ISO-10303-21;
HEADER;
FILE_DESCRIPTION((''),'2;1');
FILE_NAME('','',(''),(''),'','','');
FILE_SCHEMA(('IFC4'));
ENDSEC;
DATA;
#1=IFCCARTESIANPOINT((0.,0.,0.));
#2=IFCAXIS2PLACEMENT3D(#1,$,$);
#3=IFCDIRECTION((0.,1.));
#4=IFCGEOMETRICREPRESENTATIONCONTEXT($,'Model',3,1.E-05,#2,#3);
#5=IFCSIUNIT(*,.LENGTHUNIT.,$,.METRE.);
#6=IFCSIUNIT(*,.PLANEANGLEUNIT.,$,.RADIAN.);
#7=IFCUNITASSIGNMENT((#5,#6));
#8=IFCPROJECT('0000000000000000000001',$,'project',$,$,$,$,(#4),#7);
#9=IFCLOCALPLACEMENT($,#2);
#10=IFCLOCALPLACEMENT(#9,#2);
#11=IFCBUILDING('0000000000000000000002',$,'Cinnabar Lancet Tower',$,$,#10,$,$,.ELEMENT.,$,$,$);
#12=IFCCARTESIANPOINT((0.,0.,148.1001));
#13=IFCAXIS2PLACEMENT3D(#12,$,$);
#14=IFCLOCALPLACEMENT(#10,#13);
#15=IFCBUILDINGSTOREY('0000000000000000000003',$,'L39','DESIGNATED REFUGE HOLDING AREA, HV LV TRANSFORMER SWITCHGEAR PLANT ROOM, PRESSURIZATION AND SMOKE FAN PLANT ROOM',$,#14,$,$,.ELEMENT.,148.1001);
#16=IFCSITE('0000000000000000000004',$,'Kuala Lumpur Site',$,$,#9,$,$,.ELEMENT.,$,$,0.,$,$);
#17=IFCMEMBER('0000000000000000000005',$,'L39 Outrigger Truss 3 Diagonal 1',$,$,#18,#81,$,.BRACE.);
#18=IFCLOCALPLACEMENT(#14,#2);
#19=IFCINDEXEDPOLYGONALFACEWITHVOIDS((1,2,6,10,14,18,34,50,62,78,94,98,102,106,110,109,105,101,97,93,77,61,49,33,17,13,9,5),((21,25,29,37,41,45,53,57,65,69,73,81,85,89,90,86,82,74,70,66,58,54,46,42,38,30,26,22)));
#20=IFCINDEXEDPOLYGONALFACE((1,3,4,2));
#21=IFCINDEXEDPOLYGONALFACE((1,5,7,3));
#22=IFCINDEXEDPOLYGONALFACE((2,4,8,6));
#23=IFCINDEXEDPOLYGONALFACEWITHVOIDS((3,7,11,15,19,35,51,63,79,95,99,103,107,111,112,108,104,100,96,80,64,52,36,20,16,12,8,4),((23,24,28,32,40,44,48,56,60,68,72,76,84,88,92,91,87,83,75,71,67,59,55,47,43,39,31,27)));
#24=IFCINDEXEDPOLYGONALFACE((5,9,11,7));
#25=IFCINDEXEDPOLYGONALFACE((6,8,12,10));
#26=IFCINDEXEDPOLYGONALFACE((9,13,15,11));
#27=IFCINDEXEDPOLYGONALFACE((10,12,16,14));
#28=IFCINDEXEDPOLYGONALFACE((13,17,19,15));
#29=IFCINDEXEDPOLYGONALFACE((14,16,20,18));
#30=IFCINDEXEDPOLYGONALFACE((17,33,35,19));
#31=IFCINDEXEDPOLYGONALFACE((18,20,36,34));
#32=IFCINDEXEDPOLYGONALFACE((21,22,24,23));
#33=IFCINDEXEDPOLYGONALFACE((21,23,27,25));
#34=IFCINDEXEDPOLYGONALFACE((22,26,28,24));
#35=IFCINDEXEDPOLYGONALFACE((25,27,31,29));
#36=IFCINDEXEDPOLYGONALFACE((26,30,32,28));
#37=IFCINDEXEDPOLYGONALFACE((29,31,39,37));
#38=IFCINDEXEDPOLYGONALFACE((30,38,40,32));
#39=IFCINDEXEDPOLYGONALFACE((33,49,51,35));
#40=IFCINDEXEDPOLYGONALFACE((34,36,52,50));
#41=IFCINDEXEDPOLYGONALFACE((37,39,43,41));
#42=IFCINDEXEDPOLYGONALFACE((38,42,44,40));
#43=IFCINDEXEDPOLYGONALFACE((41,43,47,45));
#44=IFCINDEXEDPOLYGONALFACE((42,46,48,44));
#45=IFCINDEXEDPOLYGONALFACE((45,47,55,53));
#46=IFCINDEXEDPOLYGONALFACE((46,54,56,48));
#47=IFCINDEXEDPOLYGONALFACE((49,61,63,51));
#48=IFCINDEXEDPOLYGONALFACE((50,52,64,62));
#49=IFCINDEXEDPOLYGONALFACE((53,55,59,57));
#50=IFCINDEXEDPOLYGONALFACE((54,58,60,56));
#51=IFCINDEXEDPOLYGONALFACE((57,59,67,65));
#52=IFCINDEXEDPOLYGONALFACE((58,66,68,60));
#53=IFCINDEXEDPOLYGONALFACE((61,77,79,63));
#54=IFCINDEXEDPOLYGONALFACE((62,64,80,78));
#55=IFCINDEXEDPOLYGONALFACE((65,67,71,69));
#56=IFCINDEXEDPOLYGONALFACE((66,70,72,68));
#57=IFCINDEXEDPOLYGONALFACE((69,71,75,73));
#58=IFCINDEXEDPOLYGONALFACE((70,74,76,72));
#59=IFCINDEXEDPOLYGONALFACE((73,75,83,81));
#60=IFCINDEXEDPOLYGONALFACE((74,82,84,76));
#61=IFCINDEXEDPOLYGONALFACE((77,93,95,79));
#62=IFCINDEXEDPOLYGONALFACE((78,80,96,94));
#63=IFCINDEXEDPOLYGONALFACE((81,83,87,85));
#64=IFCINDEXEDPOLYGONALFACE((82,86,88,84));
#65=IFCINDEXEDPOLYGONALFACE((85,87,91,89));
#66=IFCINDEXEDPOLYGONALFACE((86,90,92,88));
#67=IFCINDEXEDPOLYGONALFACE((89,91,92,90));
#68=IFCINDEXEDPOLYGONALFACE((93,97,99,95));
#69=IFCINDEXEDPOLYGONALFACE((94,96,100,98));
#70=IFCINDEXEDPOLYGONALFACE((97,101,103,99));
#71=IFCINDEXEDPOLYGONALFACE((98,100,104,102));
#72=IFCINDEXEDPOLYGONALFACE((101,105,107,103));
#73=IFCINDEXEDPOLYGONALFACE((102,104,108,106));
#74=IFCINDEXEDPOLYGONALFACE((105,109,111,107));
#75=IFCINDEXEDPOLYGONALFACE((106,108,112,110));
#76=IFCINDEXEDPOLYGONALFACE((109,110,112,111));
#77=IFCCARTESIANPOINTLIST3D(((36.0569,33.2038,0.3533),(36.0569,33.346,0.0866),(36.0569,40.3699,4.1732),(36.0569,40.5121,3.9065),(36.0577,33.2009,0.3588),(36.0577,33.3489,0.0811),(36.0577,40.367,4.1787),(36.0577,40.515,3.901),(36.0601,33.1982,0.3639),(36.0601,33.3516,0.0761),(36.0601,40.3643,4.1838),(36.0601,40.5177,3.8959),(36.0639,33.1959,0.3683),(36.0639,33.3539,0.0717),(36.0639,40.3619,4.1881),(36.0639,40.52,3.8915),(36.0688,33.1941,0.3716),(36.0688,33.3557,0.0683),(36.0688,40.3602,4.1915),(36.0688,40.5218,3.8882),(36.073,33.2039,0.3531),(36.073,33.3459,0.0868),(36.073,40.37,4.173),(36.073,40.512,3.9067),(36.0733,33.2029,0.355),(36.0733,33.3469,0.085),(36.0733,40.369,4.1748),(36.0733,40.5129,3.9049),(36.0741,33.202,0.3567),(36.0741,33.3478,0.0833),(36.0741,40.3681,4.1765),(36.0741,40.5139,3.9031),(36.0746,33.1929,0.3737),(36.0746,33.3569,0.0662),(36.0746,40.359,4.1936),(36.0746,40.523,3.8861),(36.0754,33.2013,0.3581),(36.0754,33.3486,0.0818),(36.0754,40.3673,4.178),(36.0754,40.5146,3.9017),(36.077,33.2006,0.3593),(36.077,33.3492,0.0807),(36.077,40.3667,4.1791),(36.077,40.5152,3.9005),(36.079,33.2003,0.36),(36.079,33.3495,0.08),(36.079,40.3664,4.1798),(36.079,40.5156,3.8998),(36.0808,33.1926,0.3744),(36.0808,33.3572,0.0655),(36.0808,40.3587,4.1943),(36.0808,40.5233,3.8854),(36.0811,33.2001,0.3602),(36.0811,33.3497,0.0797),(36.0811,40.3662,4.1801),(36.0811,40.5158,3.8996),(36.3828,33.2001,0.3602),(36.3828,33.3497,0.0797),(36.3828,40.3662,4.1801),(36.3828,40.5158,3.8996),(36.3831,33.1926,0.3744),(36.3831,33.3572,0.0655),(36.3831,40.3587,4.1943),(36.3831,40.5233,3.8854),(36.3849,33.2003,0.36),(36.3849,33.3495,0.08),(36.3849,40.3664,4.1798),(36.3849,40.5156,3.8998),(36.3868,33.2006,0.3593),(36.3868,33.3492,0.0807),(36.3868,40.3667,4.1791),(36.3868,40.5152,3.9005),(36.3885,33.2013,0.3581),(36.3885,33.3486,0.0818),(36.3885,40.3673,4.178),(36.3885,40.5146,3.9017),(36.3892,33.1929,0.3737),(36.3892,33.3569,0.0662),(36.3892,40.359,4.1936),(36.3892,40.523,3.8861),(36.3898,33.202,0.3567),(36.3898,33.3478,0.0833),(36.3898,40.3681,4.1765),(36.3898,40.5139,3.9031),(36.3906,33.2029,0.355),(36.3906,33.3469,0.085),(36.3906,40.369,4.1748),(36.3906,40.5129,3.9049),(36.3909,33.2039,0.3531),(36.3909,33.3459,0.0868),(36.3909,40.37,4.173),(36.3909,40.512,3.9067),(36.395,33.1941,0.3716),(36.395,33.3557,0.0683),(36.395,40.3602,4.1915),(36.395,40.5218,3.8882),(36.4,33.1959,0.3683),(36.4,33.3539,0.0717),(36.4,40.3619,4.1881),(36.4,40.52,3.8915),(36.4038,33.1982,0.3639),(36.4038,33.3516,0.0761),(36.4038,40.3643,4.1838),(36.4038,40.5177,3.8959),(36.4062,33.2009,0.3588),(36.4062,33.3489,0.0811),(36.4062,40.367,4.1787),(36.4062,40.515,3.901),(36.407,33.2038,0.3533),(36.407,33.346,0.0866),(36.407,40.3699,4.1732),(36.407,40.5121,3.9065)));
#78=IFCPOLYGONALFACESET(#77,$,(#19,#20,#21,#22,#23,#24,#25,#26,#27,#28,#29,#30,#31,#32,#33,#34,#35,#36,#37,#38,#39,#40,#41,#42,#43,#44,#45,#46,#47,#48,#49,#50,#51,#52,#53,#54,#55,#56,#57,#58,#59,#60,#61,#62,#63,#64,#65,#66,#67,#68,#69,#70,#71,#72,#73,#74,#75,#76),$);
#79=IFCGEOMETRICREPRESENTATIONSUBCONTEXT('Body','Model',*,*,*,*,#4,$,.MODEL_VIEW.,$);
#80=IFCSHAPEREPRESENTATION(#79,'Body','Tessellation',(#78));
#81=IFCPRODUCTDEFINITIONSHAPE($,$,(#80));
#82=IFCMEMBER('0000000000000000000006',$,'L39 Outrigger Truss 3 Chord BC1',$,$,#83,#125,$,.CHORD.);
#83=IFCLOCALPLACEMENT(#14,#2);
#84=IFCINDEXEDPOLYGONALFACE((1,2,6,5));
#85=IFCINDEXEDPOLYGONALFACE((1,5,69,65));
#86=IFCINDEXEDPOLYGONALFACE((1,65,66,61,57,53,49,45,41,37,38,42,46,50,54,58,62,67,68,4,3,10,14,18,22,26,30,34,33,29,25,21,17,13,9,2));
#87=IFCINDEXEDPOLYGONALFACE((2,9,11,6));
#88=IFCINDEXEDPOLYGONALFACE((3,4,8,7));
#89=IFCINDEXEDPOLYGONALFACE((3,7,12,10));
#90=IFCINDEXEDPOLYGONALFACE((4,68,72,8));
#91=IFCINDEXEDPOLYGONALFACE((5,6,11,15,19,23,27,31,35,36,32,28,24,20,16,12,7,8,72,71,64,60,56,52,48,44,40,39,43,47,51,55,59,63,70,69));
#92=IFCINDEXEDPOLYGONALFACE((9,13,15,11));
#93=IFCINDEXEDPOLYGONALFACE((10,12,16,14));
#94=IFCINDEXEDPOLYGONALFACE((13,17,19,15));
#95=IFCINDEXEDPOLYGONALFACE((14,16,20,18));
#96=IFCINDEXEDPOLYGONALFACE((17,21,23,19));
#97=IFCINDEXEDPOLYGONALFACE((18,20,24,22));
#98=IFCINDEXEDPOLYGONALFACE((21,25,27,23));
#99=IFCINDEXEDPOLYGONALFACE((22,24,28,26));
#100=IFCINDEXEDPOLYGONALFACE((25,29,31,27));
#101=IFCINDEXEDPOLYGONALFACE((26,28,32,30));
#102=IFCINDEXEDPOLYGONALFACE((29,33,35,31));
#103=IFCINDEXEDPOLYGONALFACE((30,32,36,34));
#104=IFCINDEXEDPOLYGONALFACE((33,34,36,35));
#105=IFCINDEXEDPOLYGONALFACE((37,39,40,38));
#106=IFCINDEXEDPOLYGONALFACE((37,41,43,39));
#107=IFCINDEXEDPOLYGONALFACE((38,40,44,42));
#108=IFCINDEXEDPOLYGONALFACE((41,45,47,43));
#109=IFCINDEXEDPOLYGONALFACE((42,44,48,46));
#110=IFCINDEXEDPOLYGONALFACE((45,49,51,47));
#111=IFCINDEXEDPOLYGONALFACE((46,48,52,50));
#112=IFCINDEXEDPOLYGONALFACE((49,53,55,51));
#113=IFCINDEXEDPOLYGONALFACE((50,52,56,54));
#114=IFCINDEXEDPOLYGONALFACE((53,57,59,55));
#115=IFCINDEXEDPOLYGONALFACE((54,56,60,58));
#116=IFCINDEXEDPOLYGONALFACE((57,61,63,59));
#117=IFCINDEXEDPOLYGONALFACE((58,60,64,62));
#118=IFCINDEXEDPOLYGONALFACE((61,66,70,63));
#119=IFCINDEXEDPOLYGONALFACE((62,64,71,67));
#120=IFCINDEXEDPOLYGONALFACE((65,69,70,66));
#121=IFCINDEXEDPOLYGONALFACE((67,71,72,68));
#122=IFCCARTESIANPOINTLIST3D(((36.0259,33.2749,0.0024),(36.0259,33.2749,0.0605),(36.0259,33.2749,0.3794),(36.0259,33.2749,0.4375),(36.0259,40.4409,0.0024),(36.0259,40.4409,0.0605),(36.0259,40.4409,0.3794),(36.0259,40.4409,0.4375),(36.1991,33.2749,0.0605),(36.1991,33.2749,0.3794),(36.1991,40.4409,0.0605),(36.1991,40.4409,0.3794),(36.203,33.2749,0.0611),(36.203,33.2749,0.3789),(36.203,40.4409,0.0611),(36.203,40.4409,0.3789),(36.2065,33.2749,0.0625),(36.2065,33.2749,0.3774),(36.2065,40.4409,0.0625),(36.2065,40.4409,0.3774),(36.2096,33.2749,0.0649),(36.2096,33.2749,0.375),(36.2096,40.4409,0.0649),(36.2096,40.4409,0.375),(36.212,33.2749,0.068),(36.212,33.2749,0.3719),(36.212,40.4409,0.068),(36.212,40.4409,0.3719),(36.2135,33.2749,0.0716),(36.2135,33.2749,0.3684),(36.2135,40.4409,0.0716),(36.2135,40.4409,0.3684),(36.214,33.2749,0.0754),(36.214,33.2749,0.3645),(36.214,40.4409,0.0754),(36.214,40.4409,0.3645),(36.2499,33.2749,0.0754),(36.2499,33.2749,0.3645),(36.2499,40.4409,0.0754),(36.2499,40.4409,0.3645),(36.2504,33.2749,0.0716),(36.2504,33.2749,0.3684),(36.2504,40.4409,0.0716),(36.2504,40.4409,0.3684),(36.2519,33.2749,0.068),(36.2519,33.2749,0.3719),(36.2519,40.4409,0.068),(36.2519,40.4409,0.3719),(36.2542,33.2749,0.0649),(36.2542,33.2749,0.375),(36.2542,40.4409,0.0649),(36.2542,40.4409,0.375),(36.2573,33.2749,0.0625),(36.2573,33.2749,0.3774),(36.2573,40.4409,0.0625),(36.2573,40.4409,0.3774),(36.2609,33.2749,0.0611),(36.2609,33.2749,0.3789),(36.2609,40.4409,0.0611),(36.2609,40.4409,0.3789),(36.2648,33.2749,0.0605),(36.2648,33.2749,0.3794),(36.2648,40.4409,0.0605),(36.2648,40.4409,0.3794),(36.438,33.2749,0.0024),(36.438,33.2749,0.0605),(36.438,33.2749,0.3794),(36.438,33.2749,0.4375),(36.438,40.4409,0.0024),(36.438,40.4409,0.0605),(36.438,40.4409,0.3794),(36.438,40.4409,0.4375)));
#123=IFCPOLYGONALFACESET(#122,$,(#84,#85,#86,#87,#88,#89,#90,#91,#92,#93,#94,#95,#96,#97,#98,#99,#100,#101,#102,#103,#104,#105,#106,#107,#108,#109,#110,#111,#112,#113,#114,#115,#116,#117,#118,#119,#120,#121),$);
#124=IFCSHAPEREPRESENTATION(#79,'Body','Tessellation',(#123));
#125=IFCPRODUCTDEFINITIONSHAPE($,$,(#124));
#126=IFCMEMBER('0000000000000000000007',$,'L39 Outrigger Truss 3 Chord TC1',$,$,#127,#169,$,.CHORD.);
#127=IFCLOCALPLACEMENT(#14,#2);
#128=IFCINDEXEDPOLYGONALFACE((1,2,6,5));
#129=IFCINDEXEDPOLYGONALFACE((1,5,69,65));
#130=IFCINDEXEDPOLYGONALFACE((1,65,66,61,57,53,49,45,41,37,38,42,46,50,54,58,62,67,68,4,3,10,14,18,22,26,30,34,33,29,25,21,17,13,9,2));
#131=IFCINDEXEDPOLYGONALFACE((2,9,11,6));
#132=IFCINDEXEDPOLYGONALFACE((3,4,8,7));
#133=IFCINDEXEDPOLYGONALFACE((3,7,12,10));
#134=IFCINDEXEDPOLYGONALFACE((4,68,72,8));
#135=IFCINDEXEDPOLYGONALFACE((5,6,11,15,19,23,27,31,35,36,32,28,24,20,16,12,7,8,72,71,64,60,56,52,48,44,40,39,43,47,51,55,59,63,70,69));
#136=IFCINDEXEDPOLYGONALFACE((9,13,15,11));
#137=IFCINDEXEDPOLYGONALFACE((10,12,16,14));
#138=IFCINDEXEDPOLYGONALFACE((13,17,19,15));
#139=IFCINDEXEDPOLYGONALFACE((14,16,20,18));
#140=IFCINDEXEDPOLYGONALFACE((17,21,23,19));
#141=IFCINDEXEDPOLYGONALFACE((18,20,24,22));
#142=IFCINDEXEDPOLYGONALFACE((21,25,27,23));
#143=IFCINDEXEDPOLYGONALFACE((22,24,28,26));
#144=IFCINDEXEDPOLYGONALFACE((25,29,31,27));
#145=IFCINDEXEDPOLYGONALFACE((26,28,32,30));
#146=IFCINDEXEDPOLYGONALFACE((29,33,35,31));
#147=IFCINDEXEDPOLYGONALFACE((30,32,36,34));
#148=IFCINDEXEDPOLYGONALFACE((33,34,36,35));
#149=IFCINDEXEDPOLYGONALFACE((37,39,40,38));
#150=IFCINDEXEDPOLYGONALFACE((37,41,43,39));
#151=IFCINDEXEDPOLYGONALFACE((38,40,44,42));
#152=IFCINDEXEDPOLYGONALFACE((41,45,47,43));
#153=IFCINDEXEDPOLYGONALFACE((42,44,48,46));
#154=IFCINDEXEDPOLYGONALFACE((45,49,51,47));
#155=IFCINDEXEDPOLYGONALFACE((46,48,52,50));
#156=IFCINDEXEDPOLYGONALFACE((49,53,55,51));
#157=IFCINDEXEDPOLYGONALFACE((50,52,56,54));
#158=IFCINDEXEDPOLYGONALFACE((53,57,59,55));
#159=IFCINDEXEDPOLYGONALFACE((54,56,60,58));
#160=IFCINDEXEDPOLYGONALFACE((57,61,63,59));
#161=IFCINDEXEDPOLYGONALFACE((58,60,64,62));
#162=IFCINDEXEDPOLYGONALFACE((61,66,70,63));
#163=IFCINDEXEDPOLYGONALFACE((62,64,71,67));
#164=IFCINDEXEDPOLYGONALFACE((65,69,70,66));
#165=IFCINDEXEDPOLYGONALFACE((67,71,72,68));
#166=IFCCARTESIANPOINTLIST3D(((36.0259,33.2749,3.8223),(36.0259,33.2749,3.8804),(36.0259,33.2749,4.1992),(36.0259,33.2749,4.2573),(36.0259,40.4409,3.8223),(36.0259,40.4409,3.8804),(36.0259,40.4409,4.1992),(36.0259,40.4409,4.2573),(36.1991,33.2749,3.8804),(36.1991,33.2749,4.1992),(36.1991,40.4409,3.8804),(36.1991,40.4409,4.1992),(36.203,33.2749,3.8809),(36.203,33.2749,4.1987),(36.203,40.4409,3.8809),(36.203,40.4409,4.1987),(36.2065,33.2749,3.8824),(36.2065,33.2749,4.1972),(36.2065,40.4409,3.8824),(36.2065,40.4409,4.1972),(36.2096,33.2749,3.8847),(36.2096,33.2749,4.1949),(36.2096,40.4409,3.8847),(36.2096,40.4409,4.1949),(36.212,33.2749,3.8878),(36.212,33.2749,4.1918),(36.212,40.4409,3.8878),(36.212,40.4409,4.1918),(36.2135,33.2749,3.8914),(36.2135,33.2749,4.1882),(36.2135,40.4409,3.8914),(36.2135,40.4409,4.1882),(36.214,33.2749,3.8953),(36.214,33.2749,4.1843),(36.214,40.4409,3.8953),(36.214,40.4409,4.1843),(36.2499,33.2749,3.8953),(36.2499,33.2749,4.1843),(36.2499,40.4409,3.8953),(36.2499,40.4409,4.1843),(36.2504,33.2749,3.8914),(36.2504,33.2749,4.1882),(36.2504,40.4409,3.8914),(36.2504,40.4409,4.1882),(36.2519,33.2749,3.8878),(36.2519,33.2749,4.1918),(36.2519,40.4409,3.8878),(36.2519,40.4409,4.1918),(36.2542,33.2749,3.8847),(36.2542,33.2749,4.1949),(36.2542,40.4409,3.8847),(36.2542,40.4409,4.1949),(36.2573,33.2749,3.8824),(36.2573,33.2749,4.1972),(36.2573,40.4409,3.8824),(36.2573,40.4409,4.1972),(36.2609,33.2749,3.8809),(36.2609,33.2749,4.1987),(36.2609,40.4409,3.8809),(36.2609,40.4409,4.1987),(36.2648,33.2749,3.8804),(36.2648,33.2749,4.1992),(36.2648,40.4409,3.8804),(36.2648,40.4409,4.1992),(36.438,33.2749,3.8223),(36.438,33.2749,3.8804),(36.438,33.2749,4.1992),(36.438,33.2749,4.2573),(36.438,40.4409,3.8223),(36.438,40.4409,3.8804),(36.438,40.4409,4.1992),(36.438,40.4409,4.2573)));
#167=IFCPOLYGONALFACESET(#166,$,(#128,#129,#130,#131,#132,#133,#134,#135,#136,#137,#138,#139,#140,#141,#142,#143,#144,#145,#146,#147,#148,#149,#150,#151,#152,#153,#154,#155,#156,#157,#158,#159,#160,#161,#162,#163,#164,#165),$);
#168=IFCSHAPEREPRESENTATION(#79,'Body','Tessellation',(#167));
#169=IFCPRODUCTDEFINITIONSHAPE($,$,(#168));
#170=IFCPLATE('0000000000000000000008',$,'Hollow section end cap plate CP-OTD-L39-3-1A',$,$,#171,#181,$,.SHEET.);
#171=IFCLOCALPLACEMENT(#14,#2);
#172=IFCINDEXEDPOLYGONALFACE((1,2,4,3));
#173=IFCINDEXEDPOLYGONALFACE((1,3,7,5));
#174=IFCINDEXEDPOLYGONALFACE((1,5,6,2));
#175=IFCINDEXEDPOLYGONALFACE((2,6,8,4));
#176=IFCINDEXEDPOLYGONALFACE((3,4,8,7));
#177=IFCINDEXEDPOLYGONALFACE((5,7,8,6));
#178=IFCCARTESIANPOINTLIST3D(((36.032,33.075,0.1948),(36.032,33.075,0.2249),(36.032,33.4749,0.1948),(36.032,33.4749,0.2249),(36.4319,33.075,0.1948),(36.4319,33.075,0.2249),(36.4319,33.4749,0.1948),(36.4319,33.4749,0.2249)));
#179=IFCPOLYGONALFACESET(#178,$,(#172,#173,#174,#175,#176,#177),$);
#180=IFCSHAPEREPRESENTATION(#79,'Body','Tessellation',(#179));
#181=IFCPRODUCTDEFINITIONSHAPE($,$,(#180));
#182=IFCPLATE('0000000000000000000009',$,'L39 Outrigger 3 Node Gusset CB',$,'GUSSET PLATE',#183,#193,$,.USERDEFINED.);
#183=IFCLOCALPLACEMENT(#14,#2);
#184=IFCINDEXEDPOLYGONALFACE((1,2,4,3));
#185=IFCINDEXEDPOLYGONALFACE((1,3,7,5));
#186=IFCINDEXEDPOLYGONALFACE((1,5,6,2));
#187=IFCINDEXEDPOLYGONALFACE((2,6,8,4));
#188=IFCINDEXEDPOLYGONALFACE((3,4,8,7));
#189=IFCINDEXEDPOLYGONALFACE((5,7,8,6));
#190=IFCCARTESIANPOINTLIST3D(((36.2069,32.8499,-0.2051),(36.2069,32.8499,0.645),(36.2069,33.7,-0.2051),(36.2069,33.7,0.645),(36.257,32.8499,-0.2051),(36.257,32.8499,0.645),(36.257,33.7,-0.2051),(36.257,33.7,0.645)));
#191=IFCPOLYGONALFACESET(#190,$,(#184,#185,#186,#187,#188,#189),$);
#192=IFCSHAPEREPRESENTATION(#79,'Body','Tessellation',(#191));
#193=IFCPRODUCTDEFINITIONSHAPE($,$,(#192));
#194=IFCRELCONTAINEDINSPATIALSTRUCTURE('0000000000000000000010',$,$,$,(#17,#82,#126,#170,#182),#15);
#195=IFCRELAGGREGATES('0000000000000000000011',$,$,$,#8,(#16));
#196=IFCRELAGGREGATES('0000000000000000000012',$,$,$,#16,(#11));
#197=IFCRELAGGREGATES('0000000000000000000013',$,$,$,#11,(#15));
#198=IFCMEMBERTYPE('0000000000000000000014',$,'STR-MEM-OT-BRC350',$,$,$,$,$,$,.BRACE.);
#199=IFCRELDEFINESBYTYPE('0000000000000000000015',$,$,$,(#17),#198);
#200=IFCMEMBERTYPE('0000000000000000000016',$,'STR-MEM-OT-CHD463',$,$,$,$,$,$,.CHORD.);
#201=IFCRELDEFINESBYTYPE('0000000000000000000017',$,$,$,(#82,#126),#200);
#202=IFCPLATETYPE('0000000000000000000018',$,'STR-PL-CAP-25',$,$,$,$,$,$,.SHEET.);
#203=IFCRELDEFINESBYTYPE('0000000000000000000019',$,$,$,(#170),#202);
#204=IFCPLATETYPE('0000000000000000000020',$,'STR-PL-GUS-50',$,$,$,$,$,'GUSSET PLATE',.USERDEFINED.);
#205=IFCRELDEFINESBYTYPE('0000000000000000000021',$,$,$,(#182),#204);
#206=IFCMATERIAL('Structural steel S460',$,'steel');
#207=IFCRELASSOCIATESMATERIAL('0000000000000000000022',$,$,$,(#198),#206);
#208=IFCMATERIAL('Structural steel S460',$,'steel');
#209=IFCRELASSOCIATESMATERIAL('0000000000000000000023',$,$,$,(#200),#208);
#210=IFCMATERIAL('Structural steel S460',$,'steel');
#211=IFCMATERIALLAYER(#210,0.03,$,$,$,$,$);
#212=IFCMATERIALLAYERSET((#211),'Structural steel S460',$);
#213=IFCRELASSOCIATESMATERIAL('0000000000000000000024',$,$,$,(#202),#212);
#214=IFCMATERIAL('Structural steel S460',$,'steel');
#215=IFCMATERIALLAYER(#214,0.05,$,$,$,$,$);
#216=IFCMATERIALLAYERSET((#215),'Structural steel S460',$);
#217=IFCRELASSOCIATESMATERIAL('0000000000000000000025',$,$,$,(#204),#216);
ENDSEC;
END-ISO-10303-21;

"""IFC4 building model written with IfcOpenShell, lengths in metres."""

from ifc_helpers import new_model, si_unit, direction, frame, origin, origin_2d, place, context, subcontext, project, spatial, rectangle, hollow_rectangle, i_section, extrude, material, layer, layer_set, material_profile, profile_set, type_object, element, save


model = new_model("IFC4")

# Units and contexts
model_context = context("Model", 3, precision=1e-05, world=origin(), true_north=direction((0.0, 1.0)))
body_context = subcontext(model_context, "Body", "Model", "MODEL_VIEW")
ifc_project = project(units=[si_unit("LENGTHUNIT", "METRE"), si_unit("PLANEANGLEUNIT", "RADIAN")], contexts=[model_context])

# Site, building, storey
site_placement = place(None, origin())
site = spatial("IfcSite", under=ifc_project, at=site_placement, Name="Kuala Lumpur Site", CompositionType="ELEMENT", RefElevation=0.0)
building_placement = place(site_placement, origin())
building = spatial("IfcBuilding", under=site, at=building_placement, Name="Cinnabar Lancet Tower", CompositionType="ELEMENT")
storey_placement = place(building_placement, frame((0.0, 0.0, 148.1001)))
storey = spatial("IfcBuildingStorey", under=building, at=storey_placement, Name="L39", Description="DESIGNATED REFUGE HOLDING AREA, HV LV TRANSFORMER SWITCHGEAR PLANT ROOM, PRESSURIZATION AND SMOKE FAN PLANT ROOM", CompositionType="ELEMENT", Elevation=148.1001)

# Members
ifc_material_1 = material(Name="Structural steel S460", Category="steel")
ifc_material_profile_1 = material_profile(ifc_material_1, hollow_rectangle(XDim=0.3501, YDim=0.3501, WallThickness=0.0161, InnerFilletRadius=0.0081, OuterFilletRadius=0.0239, at=origin_2d()), Name="SHS 350x350x16")
ifc_profile_set_1 = profile_set([ifc_material_profile_1], Name="Structural steel S460")
member_type_1 = type_object("IfcMemberType", Name="STR-MEM-OT-BRC350", PredefinedType="BRACE", material=ifc_profile_set_1)
member_placement = place(storey_placement, frame((36.2319, 33.2749, 0.22), z_axis=(0.0, 0.882458, 0.470392), x_axis=(-1.0, 0.0, 0.0)))
element("IfcMember", 1, at=member_placement, inside=storey, type_object=member_type_1, Name="L39 Outrigger Truss 3 Diagonal 1", PredefinedType="BRACE", context=body_context, shape_type="SweptSolid", body=[
    extrude(hollow_rectangle(XDim=0.3501, YDim=0.3501, WallThickness=0.0161, InnerFilletRadius=0.0081, OuterFilletRadius=0.0239, at=origin_2d()), origin(), (0.0, 0.0, 1.0), 8.1206),
])
ifc_material_2 = material(Name="Structural steel S460", Category="steel")
ifc_material_profile_2 = material_profile(ifc_material_2, i_section(OverallWidth=0.4121, OverallDepth=0.4351, WebThickness=0.0359, FlangeThickness=0.0581, FilletRadius=0.0149, at=origin_2d()), Name="HD 400x463")
ifc_profile_set_2 = profile_set([ifc_material_profile_2], Name="Structural steel S460")
member_type_2 = type_object("IfcMemberType", Name="STR-MEM-OT-CHD463", PredefinedType="CHORD", material=ifc_profile_set_2)
for number, where, z_axis, x_axis, name in (
    (2, (36.2319, 33.2749, 0.22), (0.0, 1.0, 0.0), (-1.0, 0.0, 0.0), "L39 Outrigger Truss 3 Chord BC1"),
    (3, (36.2319, 33.2749, 4.0398), (0.0, 1.0, 0.0), (-1.0, 0.0, 0.0), "L39 Outrigger Truss 3 Chord TC1"),
):
    element("IfcMember", number, at=place(storey_placement, frame(where, z_axis=z_axis, x_axis=x_axis)), inside=storey, type_object=member_type_2, Name=name, PredefinedType="CHORD", context=body_context, shape_type="SweptSolid", body=[
        extrude(i_section(OverallWidth=0.4121, OverallDepth=0.4351, WebThickness=0.0359, FlangeThickness=0.0581, FilletRadius=0.0149, at=origin_2d()), origin(), (0.0, 0.0, 1.0), 7.166),
    ])

# Plates
ifc_material_3 = material(Name="Structural steel S460", Category="steel")
ifc_layer_1 = layer(ifc_material_3, 0.03)
ifc_layer_set_1 = layer_set([ifc_layer_1], Name="Structural steel S460")
plate_type_1 = type_object("IfcPlateType", Name="STR-PL-CAP-25", PredefinedType="SHEET", material=ifc_layer_set_1)
plate_placement = place(storey_placement, frame((36.2319, 33.2749, 0.1948), z_axis=(0.0, 0.0, 1.0), x_axis=(0.0, -1.0, 0.0)))
element("IfcPlate", 4, at=plate_placement, inside=storey, type_object=plate_type_1, Name="Hollow section end cap plate CP-OTD-L39-3-1A", PredefinedType="SHEET", context=body_context, shape_type="SweptSolid", body=[
    extrude(rectangle(XDim=0.3999, YDim=0.3999, at=origin_2d()), origin(), (0.0, 0.0, 1.0), 0.03),
])
ifc_material_4 = material(Name="Structural steel S460", Category="steel")
ifc_layer_2 = layer(ifc_material_4, 0.05)
ifc_layer_set_2 = layer_set([ifc_layer_2], Name="Structural steel S460")
plate_type_2 = type_object("IfcPlateType", Name="STR-PL-GUS-50", ElementType="GUSSET PLATE", PredefinedType="USERDEFINED", material=ifc_layer_set_2)
for number, where, z_axis, x_axis, name in (
    (5, (36.2319, 33.2749, -0.2051), (0.0, 0.0, 1.0), (1.0, 0.0, 0.0), "L39 Outrigger 3 Node Gusset CB"),
):
    element("IfcPlate", number, at=place(storey_placement, frame(where, z_axis=z_axis, x_axis=x_axis)), inside=storey, type_object=plate_type_2, Name=name, ObjectType="GUSSET PLATE", PredefinedType="USERDEFINED", context=body_context, shape_type="SweptSolid", body=[
        extrude(rectangle(XDim=0.05, YDim=0.8501, at=origin_2d()), origin(), (0.0, 0.0, 1.0), 0.8501),
    ])

save(model, "model.ifc")
